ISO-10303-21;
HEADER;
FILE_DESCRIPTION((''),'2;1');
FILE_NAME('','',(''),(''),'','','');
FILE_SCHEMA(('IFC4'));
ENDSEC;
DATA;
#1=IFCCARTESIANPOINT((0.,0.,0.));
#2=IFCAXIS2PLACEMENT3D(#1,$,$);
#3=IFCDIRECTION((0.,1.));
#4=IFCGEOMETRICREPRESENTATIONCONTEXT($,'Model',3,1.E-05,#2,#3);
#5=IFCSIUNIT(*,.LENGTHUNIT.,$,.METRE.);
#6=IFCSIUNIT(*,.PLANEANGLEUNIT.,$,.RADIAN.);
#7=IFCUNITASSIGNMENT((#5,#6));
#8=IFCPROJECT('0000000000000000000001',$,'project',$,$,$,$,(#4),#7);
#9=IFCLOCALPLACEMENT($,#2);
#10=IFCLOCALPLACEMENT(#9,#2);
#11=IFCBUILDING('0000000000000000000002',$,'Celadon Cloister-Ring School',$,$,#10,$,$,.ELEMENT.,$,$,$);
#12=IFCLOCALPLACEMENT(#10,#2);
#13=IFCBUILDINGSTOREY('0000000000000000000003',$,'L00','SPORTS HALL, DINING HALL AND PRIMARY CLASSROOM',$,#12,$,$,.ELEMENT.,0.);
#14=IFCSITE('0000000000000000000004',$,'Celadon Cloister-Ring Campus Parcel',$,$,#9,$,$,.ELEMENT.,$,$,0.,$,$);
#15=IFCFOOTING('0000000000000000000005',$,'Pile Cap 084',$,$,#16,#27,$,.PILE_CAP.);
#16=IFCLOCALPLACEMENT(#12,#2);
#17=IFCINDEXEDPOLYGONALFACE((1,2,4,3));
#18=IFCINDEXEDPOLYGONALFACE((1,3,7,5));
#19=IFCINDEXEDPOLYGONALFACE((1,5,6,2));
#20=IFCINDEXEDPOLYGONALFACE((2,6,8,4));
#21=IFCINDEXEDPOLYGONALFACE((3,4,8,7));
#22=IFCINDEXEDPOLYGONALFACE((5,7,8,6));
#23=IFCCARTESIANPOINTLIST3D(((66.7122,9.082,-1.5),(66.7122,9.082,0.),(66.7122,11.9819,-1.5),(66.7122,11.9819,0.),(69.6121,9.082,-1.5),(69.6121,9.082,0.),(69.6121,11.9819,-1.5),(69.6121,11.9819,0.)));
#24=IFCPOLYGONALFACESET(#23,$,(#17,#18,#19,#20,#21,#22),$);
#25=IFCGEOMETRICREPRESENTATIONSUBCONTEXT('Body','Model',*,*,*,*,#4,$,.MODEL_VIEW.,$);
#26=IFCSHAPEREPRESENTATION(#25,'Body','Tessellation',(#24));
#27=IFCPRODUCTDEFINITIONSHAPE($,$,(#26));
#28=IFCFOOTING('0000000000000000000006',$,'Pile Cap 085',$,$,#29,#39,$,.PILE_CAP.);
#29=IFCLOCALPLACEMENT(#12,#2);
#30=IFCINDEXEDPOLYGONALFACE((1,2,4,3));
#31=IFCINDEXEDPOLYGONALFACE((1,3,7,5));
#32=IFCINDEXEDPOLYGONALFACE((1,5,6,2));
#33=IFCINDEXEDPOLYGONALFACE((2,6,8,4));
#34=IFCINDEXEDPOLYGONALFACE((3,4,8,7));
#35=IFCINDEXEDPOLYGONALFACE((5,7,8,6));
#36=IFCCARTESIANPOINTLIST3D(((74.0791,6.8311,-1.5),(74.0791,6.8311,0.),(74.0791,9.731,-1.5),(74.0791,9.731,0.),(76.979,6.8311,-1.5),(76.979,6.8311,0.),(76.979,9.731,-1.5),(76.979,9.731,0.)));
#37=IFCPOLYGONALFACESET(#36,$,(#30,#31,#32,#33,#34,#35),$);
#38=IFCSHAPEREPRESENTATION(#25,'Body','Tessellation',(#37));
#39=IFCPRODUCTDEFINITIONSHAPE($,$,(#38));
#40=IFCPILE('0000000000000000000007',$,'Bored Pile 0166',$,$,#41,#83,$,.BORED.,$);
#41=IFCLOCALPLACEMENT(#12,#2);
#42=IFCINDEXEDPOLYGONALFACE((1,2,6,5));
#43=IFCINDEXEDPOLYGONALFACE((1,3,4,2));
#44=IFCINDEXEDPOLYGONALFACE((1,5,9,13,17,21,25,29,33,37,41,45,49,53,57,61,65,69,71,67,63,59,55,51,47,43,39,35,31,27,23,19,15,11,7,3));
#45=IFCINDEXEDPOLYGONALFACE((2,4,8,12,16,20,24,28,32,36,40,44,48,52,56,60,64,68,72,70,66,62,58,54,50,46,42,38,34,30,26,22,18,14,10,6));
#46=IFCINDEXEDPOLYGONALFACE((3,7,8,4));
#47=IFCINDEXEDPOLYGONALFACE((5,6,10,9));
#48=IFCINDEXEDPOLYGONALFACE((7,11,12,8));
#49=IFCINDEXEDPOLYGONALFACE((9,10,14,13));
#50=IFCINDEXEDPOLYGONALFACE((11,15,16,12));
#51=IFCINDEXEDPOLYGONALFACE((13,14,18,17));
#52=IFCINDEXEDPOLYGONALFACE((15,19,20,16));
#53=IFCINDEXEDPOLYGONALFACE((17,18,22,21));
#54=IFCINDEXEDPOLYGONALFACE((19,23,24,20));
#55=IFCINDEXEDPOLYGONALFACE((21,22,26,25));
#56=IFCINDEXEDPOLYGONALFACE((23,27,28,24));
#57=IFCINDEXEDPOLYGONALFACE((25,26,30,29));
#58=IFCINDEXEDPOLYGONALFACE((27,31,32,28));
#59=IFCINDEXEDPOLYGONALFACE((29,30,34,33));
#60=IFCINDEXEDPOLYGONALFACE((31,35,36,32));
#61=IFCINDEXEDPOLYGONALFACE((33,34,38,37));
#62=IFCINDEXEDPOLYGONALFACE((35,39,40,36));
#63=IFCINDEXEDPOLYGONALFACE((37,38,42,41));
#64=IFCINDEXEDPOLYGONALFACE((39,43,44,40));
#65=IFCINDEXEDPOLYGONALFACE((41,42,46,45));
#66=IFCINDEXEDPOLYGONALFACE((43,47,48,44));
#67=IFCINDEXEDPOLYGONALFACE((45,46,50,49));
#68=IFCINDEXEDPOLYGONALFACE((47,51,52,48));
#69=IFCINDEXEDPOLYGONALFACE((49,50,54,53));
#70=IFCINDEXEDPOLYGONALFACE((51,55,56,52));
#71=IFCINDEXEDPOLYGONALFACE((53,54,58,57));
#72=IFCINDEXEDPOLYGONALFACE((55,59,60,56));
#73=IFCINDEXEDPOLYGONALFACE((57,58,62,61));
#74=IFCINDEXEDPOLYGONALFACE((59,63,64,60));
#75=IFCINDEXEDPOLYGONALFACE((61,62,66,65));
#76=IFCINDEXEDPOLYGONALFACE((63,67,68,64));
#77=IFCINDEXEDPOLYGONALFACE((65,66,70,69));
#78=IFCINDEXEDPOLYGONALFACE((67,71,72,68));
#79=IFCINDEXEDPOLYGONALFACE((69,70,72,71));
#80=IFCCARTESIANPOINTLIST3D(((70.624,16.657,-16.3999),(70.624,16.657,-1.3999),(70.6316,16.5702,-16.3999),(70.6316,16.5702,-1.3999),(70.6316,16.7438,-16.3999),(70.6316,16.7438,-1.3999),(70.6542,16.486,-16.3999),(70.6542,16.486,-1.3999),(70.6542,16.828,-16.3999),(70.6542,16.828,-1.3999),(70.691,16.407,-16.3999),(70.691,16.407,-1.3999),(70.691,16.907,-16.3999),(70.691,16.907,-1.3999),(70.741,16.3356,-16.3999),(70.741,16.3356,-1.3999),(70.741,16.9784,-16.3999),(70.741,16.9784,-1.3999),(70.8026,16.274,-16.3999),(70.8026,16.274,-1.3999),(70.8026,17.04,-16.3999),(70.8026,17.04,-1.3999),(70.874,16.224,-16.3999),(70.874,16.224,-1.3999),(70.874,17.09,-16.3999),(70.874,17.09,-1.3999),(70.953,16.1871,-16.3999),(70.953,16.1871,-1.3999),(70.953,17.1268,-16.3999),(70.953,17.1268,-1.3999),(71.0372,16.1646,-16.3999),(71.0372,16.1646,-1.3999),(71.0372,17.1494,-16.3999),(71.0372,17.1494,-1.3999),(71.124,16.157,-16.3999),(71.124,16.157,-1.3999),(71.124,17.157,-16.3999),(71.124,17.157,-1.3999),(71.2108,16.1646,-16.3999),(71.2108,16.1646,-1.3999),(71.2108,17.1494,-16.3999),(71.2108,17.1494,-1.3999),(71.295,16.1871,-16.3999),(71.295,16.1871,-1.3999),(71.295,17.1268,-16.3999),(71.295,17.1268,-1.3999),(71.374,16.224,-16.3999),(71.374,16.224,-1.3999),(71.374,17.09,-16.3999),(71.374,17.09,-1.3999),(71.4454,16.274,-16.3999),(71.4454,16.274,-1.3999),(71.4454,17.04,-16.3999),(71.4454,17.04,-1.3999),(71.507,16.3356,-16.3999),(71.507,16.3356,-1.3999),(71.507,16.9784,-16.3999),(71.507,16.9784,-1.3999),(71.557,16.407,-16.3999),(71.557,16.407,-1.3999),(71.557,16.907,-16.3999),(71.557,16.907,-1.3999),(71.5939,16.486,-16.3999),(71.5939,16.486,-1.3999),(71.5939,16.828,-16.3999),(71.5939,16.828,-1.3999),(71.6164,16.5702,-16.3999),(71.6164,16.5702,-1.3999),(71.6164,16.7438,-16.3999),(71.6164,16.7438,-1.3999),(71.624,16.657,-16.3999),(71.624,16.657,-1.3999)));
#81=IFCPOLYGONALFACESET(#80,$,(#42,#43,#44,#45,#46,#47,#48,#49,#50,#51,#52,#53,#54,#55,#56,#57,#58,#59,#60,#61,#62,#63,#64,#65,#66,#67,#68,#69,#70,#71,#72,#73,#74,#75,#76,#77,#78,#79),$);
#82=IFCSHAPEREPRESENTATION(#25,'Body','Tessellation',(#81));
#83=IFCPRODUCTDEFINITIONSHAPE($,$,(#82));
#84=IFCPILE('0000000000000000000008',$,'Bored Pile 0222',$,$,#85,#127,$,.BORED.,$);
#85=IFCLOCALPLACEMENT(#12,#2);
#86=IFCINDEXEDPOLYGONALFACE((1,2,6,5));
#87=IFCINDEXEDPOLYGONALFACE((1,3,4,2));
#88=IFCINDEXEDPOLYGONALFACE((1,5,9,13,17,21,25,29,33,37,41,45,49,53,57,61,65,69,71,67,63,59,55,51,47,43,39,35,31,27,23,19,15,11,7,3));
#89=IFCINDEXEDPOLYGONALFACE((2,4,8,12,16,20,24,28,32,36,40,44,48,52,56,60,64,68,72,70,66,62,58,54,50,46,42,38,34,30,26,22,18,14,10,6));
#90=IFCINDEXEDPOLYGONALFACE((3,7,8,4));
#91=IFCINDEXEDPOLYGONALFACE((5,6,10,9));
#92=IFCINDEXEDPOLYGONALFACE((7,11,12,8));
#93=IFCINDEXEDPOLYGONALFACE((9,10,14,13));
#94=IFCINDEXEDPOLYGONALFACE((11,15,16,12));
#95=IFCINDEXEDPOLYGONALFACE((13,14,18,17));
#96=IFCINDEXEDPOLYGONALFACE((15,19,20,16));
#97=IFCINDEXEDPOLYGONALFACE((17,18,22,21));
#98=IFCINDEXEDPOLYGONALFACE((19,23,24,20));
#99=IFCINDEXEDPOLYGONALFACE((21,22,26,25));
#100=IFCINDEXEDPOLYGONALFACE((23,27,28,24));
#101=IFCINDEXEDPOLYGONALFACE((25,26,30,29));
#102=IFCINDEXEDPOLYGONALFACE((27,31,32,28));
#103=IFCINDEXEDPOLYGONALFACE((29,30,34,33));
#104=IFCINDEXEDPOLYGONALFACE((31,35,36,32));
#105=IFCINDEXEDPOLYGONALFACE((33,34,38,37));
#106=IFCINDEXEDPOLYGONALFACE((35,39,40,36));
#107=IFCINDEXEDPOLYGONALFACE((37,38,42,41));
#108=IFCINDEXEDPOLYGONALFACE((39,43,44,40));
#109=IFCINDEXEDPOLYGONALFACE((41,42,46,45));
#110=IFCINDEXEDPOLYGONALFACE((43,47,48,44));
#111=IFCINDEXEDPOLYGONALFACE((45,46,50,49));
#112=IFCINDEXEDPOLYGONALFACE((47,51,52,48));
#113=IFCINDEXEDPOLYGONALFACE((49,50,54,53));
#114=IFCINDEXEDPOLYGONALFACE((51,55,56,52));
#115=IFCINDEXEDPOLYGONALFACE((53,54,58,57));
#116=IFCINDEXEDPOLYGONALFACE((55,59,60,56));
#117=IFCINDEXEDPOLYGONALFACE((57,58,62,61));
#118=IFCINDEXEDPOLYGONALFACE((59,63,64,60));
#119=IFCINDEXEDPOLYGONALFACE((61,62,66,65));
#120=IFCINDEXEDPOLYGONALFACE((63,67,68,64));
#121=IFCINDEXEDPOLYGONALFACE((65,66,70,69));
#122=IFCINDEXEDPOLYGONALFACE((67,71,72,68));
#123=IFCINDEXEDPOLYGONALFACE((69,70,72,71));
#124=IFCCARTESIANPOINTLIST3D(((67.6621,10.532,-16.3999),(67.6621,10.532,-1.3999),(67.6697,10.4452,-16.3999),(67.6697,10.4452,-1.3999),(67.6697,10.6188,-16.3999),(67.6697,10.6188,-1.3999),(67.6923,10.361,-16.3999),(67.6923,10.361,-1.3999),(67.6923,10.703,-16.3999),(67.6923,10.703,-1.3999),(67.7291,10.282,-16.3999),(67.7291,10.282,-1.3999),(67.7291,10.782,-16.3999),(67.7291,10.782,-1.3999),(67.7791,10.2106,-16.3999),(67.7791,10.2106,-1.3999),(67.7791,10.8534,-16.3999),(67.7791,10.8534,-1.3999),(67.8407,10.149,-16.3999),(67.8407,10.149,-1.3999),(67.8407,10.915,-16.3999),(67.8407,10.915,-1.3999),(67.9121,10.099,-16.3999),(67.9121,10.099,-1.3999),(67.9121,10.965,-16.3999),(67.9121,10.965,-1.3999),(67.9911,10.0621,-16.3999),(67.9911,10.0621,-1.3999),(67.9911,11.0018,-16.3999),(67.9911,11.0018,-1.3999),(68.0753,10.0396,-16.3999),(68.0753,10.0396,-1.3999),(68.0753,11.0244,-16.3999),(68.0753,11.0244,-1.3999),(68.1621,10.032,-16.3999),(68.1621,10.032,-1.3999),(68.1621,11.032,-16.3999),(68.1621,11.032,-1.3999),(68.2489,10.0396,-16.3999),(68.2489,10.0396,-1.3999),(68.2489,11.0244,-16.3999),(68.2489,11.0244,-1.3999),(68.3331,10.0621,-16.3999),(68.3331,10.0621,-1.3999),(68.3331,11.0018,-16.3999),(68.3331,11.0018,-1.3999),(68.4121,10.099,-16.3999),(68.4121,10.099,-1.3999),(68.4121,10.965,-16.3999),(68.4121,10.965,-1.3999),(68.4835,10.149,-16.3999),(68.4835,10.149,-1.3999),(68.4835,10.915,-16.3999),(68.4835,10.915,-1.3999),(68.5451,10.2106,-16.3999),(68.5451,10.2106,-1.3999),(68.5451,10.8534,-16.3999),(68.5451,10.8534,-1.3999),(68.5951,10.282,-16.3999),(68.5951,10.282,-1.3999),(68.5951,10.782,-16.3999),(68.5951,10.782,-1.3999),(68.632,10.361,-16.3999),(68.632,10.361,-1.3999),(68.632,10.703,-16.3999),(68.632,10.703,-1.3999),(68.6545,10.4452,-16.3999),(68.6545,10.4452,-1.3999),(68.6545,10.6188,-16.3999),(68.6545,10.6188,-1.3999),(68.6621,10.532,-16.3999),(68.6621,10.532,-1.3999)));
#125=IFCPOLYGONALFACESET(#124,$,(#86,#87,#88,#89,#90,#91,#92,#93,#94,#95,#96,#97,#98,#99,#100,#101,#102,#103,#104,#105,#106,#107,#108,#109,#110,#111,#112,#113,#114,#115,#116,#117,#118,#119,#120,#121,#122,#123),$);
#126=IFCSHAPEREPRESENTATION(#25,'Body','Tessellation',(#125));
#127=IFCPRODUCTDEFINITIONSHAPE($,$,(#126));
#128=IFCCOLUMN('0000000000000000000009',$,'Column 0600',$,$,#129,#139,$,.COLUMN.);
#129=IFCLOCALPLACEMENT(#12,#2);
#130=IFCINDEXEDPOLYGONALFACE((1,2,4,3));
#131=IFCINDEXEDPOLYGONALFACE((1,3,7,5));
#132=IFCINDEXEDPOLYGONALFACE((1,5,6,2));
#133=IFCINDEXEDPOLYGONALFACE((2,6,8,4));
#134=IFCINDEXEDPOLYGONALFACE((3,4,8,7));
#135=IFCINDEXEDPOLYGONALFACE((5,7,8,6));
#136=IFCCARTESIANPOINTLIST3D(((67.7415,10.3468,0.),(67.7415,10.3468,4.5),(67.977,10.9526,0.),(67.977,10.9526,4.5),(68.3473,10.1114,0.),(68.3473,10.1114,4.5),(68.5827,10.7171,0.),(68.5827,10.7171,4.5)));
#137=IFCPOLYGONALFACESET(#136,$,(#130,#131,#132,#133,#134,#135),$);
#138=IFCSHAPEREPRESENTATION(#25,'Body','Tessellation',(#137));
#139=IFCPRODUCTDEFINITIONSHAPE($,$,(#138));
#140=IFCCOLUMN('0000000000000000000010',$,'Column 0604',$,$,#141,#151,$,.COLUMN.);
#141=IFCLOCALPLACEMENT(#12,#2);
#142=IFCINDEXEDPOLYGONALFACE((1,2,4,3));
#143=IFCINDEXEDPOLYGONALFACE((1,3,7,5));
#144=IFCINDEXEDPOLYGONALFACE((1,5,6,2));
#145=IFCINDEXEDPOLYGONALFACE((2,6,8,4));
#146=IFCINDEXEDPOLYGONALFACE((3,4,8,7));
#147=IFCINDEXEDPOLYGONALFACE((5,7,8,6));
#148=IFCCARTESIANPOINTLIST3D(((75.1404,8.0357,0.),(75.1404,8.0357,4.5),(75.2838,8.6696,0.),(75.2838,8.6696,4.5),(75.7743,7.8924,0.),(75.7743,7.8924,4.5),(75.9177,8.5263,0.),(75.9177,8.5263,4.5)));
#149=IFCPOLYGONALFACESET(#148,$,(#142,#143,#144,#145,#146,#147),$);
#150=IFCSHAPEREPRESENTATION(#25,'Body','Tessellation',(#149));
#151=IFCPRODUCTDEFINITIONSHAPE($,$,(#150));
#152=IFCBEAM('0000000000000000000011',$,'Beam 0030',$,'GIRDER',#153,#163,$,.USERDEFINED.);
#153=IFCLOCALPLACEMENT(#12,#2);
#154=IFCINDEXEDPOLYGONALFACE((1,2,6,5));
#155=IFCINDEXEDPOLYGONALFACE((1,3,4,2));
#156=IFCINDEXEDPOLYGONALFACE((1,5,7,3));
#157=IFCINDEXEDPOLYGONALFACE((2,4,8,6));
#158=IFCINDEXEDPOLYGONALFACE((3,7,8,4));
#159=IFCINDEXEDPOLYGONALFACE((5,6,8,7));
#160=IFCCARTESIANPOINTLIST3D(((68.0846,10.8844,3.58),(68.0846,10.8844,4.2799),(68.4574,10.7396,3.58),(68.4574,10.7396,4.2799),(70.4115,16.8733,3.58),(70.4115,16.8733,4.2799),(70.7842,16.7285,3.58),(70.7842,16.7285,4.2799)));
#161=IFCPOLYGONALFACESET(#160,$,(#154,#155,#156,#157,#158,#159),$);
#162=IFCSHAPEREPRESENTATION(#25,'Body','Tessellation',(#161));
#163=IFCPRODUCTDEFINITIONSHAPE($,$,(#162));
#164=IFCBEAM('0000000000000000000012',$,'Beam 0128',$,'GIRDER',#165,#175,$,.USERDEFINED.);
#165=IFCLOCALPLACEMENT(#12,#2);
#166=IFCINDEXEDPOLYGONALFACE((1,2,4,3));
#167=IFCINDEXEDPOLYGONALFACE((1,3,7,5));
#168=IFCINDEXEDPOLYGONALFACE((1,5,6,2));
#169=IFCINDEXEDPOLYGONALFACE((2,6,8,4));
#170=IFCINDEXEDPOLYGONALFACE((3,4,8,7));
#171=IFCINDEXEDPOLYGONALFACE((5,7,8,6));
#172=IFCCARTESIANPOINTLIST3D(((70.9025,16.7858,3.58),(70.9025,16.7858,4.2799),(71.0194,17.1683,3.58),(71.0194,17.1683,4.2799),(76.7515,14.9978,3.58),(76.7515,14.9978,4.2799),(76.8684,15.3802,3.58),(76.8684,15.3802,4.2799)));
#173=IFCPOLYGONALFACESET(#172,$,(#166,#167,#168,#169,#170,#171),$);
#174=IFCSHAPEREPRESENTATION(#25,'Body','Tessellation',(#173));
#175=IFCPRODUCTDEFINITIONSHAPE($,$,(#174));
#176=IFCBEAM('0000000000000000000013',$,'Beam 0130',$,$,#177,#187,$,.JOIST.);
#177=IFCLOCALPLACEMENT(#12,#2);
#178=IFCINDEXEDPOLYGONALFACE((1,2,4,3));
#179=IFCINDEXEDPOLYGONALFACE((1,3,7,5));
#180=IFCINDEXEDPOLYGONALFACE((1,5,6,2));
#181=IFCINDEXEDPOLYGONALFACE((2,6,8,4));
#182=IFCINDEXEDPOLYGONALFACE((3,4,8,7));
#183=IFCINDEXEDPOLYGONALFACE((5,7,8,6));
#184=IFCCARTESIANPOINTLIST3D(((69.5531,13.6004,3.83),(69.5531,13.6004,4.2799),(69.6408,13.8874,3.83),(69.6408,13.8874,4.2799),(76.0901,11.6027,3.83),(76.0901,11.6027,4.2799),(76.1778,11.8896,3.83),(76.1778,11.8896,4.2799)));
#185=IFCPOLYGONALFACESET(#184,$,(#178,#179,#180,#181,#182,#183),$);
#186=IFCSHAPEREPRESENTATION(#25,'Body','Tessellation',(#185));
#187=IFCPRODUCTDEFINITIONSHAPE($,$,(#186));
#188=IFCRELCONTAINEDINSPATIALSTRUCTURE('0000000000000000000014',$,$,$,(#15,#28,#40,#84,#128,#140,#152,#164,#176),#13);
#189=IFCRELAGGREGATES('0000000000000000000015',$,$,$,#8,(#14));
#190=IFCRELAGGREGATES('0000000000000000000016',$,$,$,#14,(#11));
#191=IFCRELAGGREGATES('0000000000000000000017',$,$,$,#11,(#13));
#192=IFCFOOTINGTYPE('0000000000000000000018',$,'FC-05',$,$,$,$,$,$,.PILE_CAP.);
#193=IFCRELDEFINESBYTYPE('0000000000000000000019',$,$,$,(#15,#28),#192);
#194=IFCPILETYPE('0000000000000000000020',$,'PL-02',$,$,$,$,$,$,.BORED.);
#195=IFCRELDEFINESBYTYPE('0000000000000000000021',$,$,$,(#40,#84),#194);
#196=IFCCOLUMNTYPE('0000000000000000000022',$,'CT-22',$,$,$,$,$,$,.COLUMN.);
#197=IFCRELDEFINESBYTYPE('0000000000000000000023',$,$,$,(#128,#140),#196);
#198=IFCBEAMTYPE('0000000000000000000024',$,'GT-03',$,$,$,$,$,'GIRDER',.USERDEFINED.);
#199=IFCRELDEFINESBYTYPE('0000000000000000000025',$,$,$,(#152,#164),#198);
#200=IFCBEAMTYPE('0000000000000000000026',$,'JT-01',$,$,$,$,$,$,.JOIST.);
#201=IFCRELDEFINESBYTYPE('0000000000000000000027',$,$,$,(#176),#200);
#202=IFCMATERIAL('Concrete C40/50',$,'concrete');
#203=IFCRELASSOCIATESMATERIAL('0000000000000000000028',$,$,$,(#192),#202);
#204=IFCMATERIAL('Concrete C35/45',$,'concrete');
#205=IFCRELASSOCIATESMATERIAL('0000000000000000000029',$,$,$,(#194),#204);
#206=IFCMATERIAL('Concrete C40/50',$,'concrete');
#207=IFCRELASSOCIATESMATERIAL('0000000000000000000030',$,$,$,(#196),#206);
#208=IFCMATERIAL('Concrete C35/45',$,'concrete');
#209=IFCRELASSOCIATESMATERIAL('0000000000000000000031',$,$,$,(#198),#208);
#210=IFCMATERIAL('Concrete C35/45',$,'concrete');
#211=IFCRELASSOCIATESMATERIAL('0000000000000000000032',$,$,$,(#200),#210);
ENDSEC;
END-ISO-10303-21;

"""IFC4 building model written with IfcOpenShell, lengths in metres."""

from ifc_helpers import new_model, si_unit, direction, frame, origin, origin_2d, place, context, subcontext, project, spatial, rectangle, circle, extrude, material, material_profile, profile_set, type_object, element, save


model = new_model("IFC4")

# Units and contexts
model_context = context("Model", 3, precision=1e-05, world=origin(), true_north=direction((0.0, 1.0)))
body_context = subcontext(model_context, "Body", "Model", "MODEL_VIEW")
ifc_project = project(units=[si_unit("LENGTHUNIT", "METRE"), si_unit("PLANEANGLEUNIT", "RADIAN")], contexts=[model_context])

# Site, building, storey
site_placement = place(None, origin())
site = spatial("IfcSite", under=ifc_project, at=site_placement, Name="Celadon Cloister-Ring Campus Parcel", CompositionType="ELEMENT", RefElevation=0.0)
building_placement = place(site_placement, origin())
building = spatial("IfcBuilding", under=site, at=building_placement, Name="Celadon Cloister-Ring School", CompositionType="ELEMENT")
storey_placement = place(building_placement, origin())
storey = spatial("IfcBuildingStorey", under=building, at=storey_placement, Name="L00", Description="SPORTS HALL, DINING HALL AND PRIMARY CLASSROOM", CompositionType="ELEMENT", Elevation=0.0)

# Footings
ifc_material_1 = material(Name="Concrete C40/50", Category="concrete")
footing_type = type_object("IfcFootingType", Name="FC-05", PredefinedType="PILE_CAP", material=ifc_material_1)
for number, where, z_axis, x_axis, name in (
    (1, (68.1621, 10.532, -1.5), (0.0, 0.0, 1.0), (1.0, 0.0, 0.0), "Pile Cap 084"),
    (2, (75.5291, 8.281, -1.5), (0.0, 0.0, 1.0), (1.0, 0.0, 0.0), "Pile Cap 085"),
):
    element("IfcFooting", number, at=place(storey_placement, frame(where, z_axis=z_axis, x_axis=x_axis)), inside=storey, type_object=footing_type, Name=name, PredefinedType="PILE_CAP", context=body_context, shape_type="SweptSolid", body=[
        extrude(rectangle(XDim=2.8999, YDim=2.8999, at=origin_2d()), origin(), (0.0, 0.0, 1.0), 1.5),
    ])

# Piles
ifc_material_2 = material(Name="Concrete C35/45", Category="concrete")
ifc_material_profile_1 = material_profile(ifc_material_2, circle(Radius=0.5, at=origin_2d()), Name="PILE1000")
ifc_profile_set_1 = profile_set([ifc_material_profile_1], Name="Concrete C35/45")
pile_type = type_object("IfcPileType", Name="PL-02", PredefinedType="BORED", material=ifc_profile_set_1)
for number, where, z_axis, x_axis, name in (
    (3, (71.124, 16.657, -1.3999), (0.0, 0.0, -1.0), (1.0, 0.0, 0.0), "Bored Pile 0166"),
    (4, (68.1621, 10.532, -1.3999), (0.0, 0.0, -1.0), (1.0, 0.0, 0.0), "Bored Pile 0222"),
):
    element("IfcPile", number, at=place(storey_placement, frame(where, z_axis=z_axis, x_axis=x_axis)), inside=storey, type_object=pile_type, Name=name, PredefinedType="BORED", context=body_context, shape_type="SweptSolid", body=[
        extrude(circle(Radius=0.5, at=origin_2d()), origin(), (0.0, 0.0, 1.0), 15.0),
    ])

# Columns
ifc_material_3 = material(Name="Concrete C40/50", Category="concrete")
ifc_material_profile_2 = material_profile(ifc_material_3, rectangle(XDim=0.6499, YDim=0.6499, at=origin_2d()), Name="RC650X650")
ifc_profile_set_2 = profile_set([ifc_material_profile_2], Name="Concrete C40/50")
column_type = type_object("IfcColumnType", Name="CT-22", PredefinedType="COLUMN", material=ifc_profile_set_2)
for number, where, z_axis, x_axis, name in (
    (5, (68.1621, 10.532, 0.0), (0.0, 0.0, 1.0), (-0.362275, -0.932071, 0.0), "Column 0600"),
    (6, (75.5291, 8.281, 0.0), (0.0, 0.0, 1.0), (-0.220595, -0.975365, 0.0), "Column 0604"),
):
    element("IfcColumn", number, at=place(storey_placement, frame(where, z_axis=z_axis, x_axis=x_axis)), inside=storey, type_object=column_type, Name=name, PredefinedType="COLUMN", context=body_context, shape_type="SweptSolid", body=[
        extrude(rectangle(XDim=0.6499, YDim=0.6499, at=origin_2d()), origin(), (0.0, 0.0, 1.0), 4.5),
    ])

# Beams
ifc_material_4 = material(Name="Concrete C35/45", Category="concrete")
ifc_material_profile_3 = material_profile(ifc_material_4, rectangle(XDim=0.3999, YDim=0.7, at=origin_2d()), Name="RC400X700")
ifc_profile_set_3 = profile_set([ifc_material_profile_3], Name="Concrete C35/45")
beam_type_1 = type_object("IfcBeamType", Name="GT-03", ElementType="GIRDER", PredefinedType="USERDEFINED", material=ifc_profile_set_3)
beam_1_placement = place(storey_placement, frame((68.271, 10.812, 3.9299), z_axis=(0.362155, 0.932118, 0.0), x_axis=(-0.932118, 0.362155, 0.0)))
element("IfcBeam", 7, at=beam_1_placement, inside=storey, type_object=beam_type_1, Name="Beam 0030", ObjectType="GIRDER", PredefinedType="USERDEFINED", context=body_context, shape_type="SweptSolid", body=[
    extrude(rectangle(XDim=0.3999, YDim=0.7, at=origin_2d()), origin(), (0.0, 0.0, 1.0), 6.425),
])
beam_2_placement = place(storey_placement, frame((70.9609, 16.9771, 3.9299), z_axis=(0.956313, -0.292346, 0.0), x_axis=(0.292346, 0.956313, 0.0)))
element("IfcBeam", 8, at=beam_2_placement, inside=storey, type_object=beam_type_1, Name="Beam 0128", ObjectType="GIRDER", PredefinedType="USERDEFINED", context=body_context, shape_type="SweptSolid", body=[
    extrude(rectangle(XDim=0.3999, YDim=0.7, at=origin_2d()), origin(), (0.0, 0.0, 1.0), 6.1162),
])
ifc_material_5 = material(Name="Concrete C35/45", Category="concrete")
ifc_material_profile_4 = material_profile(ifc_material_5, rectangle(XDim=0.3, YDim=0.45, at=origin_2d()), Name="RC300X450")
ifc_profile_set_4 = profile_set([ifc_material_profile_4], Name="Concrete C35/45")
beam_type_2 = type_object("IfcBeamType", Name="JT-01", PredefinedType="JOIST", material=ifc_profile_set_4)
beam_3_placement = place(storey_placement, frame((69.5969, 13.7439, 4.0549), z_axis=(0.956337, -0.292266, 0.0), x_axis=(0.292266, 0.956337, 0.0)))
element("IfcBeam", 9, at=beam_3_placement, inside=storey, type_object=beam_type_2, Name="Beam 0130", PredefinedType="JOIST", context=body_context, shape_type="SweptSolid", body=[
    extrude(rectangle(XDim=0.3, YDim=0.45, at=origin_2d()), origin(), (0.0, 0.0, 1.0), 6.8354),
])

save(model, "model.ifc")
